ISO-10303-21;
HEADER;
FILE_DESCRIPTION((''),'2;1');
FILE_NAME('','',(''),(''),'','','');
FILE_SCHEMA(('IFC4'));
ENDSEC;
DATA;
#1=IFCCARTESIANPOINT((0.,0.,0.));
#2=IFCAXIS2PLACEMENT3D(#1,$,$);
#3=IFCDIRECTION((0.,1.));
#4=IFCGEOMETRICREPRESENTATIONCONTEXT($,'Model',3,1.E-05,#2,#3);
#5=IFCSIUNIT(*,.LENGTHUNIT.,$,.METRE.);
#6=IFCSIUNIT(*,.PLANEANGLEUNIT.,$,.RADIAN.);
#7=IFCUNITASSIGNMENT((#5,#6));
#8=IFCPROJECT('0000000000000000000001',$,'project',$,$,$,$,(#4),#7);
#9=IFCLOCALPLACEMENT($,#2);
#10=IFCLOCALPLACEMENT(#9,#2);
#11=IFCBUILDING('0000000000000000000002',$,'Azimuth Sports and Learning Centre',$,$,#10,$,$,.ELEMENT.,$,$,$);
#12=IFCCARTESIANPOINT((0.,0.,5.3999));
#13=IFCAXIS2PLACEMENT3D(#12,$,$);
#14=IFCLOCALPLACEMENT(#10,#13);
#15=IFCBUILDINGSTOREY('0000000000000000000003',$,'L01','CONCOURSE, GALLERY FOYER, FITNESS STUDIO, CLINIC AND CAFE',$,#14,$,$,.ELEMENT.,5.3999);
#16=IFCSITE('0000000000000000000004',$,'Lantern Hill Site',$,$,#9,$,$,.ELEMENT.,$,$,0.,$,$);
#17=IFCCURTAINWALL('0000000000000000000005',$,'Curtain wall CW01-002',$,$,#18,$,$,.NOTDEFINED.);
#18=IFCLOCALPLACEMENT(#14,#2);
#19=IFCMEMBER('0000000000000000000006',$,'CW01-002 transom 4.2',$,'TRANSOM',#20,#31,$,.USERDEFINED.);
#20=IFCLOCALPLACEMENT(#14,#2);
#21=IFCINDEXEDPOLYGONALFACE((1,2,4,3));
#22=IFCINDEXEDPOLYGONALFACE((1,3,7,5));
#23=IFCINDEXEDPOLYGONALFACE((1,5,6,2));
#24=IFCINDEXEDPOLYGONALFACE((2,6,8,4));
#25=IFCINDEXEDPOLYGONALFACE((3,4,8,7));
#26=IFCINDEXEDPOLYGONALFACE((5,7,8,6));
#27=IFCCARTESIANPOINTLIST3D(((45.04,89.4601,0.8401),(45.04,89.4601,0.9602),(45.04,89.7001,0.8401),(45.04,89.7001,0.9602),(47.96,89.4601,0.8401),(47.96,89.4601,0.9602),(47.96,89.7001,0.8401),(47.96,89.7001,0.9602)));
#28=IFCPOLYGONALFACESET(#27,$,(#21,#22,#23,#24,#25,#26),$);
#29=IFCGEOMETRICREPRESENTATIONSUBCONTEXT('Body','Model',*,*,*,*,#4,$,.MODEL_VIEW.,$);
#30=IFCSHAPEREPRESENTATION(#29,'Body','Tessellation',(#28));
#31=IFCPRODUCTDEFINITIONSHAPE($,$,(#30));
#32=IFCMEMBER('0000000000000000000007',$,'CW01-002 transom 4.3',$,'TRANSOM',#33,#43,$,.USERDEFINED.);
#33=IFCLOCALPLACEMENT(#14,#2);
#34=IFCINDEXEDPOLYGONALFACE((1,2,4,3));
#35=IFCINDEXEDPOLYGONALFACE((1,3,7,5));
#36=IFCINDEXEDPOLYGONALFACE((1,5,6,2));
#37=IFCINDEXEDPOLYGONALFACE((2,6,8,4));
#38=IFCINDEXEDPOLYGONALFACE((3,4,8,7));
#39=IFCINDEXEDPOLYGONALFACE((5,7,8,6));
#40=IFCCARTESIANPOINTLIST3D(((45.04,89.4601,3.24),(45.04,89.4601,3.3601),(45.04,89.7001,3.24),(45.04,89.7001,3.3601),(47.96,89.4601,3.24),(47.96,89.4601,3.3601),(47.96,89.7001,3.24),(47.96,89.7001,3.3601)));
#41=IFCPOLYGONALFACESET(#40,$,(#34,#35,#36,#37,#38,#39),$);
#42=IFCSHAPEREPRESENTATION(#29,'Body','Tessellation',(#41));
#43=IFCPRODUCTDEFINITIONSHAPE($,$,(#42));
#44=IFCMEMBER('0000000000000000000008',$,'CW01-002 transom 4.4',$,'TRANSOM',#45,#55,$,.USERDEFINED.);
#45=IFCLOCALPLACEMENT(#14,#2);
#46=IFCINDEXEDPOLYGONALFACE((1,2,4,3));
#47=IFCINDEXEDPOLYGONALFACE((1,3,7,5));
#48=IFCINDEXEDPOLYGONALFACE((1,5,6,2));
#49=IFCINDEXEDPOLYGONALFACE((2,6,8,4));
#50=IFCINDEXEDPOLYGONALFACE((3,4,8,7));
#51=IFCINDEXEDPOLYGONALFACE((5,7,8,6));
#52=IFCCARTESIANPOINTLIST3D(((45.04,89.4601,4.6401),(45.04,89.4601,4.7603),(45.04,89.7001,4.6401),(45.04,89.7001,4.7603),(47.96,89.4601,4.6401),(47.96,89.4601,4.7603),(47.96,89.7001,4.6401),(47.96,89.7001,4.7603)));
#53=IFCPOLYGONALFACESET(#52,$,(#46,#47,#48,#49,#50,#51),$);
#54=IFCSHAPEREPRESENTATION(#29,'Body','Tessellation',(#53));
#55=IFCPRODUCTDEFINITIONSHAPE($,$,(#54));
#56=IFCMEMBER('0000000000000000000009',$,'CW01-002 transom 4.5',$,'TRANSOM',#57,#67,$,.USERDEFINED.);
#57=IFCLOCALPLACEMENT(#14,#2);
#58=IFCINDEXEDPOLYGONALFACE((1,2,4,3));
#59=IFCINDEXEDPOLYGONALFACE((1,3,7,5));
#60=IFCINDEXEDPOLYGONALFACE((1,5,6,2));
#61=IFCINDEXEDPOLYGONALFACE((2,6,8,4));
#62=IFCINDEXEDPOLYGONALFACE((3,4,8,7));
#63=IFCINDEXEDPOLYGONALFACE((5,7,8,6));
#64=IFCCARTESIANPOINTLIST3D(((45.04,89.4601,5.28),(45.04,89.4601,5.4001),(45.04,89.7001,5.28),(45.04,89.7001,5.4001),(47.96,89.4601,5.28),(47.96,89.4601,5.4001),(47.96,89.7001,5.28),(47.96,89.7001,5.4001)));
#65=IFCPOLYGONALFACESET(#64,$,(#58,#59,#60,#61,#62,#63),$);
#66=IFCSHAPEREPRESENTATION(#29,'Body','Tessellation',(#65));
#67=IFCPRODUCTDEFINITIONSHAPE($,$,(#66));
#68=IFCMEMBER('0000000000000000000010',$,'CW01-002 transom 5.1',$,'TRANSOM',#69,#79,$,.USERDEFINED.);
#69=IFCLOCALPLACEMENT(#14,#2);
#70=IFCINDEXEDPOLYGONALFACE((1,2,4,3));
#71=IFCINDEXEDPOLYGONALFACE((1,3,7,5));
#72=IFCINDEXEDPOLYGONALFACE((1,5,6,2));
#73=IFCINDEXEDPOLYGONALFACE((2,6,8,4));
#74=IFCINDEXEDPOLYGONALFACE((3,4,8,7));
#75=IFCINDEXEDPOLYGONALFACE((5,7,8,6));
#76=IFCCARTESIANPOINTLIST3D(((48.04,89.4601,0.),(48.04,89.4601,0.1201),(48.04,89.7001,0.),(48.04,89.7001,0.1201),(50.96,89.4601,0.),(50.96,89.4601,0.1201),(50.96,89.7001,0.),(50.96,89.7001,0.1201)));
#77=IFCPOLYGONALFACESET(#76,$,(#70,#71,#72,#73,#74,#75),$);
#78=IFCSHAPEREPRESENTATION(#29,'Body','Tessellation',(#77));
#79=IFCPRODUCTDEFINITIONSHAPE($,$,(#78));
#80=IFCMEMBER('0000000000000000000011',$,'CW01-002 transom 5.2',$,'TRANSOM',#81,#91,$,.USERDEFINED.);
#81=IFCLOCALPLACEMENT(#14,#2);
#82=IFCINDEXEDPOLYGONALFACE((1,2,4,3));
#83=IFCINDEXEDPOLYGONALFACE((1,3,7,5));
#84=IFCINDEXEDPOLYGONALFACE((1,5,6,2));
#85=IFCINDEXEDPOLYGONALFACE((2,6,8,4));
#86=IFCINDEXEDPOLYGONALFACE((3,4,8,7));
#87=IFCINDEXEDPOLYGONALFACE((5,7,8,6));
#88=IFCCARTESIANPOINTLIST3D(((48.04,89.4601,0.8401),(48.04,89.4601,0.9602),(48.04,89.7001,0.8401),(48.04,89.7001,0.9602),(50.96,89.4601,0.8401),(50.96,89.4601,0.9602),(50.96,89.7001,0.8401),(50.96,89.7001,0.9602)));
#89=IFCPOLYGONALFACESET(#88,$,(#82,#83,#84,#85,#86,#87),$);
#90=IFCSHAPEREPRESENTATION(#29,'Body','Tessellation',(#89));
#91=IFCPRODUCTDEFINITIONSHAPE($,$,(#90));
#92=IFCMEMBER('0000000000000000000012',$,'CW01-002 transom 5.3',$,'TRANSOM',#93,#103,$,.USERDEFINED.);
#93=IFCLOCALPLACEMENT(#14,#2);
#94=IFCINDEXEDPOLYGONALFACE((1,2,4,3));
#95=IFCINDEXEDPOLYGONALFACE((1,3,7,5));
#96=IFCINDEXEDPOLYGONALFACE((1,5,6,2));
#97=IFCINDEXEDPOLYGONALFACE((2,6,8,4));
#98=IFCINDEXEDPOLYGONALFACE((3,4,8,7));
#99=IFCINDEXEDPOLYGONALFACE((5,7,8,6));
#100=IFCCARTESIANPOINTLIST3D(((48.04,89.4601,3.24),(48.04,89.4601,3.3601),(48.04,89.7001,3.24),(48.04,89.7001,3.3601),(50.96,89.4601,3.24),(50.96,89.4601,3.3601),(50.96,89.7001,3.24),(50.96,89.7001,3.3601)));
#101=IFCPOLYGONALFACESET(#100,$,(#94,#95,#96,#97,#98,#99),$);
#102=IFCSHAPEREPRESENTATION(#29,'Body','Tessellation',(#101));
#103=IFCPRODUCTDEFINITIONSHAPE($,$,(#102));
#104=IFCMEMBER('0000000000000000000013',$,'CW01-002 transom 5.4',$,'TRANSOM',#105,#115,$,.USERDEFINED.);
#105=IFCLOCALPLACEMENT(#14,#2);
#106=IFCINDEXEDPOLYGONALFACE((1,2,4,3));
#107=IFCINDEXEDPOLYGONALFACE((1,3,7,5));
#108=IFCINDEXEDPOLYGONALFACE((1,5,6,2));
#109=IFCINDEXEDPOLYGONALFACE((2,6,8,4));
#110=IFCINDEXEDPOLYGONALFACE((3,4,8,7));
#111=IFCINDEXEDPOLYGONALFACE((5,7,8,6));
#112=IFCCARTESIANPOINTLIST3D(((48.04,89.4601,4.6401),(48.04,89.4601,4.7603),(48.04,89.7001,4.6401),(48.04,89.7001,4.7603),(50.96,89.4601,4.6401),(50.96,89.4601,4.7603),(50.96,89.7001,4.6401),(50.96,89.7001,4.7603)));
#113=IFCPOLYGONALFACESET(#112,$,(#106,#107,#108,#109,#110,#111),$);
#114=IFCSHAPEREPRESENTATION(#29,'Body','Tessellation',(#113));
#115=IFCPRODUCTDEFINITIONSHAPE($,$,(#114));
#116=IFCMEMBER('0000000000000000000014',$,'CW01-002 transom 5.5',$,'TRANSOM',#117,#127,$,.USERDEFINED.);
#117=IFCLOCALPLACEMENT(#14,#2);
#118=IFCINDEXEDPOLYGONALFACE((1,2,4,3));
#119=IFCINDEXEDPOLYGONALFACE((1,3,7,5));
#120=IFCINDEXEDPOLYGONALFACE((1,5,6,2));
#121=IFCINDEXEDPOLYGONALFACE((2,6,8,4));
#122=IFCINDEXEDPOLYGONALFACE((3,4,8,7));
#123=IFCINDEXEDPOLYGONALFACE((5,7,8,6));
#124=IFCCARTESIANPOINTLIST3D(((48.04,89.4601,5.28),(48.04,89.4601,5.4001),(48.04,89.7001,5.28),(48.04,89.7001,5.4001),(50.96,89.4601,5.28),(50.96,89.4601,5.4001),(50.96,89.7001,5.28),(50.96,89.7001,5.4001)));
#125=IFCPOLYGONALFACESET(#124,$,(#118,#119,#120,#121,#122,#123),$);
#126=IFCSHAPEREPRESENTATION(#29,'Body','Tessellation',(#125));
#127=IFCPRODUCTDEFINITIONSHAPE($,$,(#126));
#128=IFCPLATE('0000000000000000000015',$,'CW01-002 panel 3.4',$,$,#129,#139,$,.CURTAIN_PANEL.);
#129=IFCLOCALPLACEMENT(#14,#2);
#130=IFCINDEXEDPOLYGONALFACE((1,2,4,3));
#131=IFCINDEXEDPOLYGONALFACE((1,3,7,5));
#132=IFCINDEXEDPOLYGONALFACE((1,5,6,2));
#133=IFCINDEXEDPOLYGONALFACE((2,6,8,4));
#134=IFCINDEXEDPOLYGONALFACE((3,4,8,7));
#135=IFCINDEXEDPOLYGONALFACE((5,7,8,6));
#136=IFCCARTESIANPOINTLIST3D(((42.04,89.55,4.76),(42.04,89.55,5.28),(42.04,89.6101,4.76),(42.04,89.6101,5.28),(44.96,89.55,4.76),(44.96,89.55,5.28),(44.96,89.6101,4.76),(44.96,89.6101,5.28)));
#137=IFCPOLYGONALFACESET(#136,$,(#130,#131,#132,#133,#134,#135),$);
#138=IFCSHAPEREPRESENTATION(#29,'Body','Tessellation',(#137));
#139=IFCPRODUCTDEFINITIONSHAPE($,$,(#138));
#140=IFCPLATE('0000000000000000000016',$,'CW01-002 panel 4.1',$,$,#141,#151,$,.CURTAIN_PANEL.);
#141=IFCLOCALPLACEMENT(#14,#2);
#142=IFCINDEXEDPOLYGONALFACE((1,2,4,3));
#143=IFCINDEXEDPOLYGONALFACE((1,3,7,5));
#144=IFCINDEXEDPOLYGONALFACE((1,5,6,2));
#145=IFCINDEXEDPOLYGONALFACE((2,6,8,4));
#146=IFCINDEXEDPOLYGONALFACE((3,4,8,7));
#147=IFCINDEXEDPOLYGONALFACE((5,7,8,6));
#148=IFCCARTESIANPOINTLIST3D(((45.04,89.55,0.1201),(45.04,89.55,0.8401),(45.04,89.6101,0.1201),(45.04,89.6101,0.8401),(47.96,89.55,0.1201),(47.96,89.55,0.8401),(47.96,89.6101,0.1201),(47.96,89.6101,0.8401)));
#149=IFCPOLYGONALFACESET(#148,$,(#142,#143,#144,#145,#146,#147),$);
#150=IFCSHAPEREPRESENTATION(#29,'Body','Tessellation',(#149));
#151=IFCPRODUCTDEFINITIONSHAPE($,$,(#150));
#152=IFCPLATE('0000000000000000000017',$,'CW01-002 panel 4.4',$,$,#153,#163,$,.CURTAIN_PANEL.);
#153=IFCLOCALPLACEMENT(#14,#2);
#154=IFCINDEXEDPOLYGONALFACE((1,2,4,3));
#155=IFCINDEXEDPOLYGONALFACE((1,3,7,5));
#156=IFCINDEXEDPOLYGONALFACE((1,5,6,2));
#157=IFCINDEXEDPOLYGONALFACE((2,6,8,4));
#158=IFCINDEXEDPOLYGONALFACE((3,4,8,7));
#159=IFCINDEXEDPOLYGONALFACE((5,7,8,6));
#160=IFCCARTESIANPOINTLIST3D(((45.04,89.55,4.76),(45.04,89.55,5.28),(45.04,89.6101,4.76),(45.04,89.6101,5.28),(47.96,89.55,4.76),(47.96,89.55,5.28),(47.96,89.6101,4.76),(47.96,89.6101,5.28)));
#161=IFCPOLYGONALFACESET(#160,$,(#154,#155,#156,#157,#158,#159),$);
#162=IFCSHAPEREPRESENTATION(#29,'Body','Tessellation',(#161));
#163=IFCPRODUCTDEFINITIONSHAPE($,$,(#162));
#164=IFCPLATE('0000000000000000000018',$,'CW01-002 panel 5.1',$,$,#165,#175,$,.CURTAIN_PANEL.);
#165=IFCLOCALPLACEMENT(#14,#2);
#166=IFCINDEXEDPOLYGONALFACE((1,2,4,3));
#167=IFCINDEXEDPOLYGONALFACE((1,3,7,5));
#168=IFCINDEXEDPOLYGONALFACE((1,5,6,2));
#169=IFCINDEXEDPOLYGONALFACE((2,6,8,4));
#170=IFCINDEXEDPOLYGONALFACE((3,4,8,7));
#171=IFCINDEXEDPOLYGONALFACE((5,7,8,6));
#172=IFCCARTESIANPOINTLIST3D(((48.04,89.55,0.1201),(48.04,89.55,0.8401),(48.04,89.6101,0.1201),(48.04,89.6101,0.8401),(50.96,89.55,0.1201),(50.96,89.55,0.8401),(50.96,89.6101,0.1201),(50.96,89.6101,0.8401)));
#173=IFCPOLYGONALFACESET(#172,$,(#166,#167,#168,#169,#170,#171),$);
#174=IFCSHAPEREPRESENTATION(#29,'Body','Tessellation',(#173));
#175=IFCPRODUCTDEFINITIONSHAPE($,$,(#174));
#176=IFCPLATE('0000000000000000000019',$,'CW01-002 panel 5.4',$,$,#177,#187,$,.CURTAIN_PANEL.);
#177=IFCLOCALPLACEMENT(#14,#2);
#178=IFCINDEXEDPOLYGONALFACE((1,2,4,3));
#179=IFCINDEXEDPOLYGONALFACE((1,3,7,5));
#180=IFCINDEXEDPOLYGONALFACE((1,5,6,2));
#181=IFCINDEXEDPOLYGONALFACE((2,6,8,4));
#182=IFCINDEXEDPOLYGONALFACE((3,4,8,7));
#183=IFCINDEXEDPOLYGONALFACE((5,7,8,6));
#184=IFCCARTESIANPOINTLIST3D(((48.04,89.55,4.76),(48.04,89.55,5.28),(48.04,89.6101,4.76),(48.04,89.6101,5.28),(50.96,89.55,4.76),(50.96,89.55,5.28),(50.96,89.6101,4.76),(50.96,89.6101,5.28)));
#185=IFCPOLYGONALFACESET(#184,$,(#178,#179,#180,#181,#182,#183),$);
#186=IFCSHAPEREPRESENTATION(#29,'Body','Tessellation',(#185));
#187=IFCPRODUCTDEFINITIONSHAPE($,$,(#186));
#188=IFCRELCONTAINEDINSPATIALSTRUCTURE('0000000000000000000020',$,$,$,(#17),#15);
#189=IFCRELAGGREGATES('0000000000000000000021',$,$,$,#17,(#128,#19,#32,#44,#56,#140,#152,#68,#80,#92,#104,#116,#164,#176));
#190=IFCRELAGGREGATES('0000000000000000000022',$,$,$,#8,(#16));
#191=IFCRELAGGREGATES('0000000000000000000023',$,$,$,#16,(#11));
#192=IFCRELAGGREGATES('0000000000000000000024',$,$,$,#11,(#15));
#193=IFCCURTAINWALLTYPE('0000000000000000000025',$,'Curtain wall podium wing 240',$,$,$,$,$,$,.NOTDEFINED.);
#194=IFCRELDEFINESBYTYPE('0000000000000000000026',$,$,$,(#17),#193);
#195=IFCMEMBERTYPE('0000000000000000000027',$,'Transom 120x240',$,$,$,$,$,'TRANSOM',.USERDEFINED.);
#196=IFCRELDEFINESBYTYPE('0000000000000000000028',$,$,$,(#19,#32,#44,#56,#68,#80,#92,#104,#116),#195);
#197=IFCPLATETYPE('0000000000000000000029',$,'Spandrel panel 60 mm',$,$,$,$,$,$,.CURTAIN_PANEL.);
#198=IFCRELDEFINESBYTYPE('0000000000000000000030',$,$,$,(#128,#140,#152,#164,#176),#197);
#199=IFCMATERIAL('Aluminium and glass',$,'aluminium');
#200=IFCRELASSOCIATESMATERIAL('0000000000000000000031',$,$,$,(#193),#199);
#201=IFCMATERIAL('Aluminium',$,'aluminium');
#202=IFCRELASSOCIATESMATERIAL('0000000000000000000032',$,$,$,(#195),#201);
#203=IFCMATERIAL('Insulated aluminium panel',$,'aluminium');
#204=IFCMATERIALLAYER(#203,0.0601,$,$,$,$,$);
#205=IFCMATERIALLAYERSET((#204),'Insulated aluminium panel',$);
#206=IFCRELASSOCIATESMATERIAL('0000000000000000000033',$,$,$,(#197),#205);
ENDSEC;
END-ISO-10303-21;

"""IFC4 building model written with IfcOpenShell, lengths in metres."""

from ifc_helpers import new_model, si_unit, direction, frame, origin, origin_2d, place, context, subcontext, project, spatial, rectangle, extrude, material, layer, layer_set, material_profile, profile_set, type_object, element, aggregate, save


model = new_model("IFC4")

# Units and contexts
model_context = context("Model", 3, precision=1e-05, world=origin(), true_north=direction((0.0, 1.0)))
body_context = subcontext(model_context, "Body", "Model", "MODEL_VIEW")
ifc_project = project(units=[si_unit("LENGTHUNIT", "METRE"), si_unit("PLANEANGLEUNIT", "RADIAN")], contexts=[model_context])

# Site, building, storey
site_placement = place(None, origin())
site = spatial("IfcSite", under=ifc_project, at=site_placement, Name="Lantern Hill Site", CompositionType="ELEMENT", RefElevation=0.0)
building_placement = place(site_placement, origin())
building = spatial("IfcBuilding", under=site, at=building_placement, Name="Azimuth Sports and Learning Centre", CompositionType="ELEMENT")
storey_placement = place(building_placement, frame((0.0, 0.0, 5.3999)))
storey = spatial("IfcBuildingStorey", under=building, at=storey_placement, Name="L01", Description="CONCOURSE, GALLERY FOYER, FITNESS STUDIO, CLINIC AND CAFE", CompositionType="ELEMENT", Elevation=5.3999)

# Curtain wall, members, plates
ifc_material_1 = material(Name="Aluminium and glass", Category="aluminium")
curtain_wall_type = type_object("IfcCurtainWallType", Name="Curtain wall podium wing 240", PredefinedType="NOTDEFINED", material=ifc_material_1)
curtain_wall_placement = place(storey_placement, origin())
curtain_wall = element("IfcCurtainWall", 1, at=curtain_wall_placement, inside=storey, type_object=curtain_wall_type, Name="Curtain wall CW01-002", PredefinedType="NOTDEFINED")
ifc_material_2 = material(Name="Aluminium", Category="aluminium")
ifc_material_profile_1 = material_profile(ifc_material_2, rectangle(XDim=0.24, YDim=0.1201, at=origin_2d()), Name="Transom 120x240")
ifc_profile_set_1 = profile_set([ifc_material_profile_1], Name="Aluminium")
member_type_1 = type_object("IfcMemberType", Name="Transom 120x240", ElementType="TRANSOM", PredefinedType="USERDEFINED", material=ifc_profile_set_1)
member_1_placement = place(storey_placement, frame((45.04, 89.5801, 0.9001), z_axis=(1.0, 0.0, 0.0), x_axis=(0.0, 1.0, 0.0)))
member_1 = element("IfcMember", 2, at=member_1_placement, type_object=member_type_1, Name="CW01-002 transom 4.2", ObjectType="TRANSOM", PredefinedType="USERDEFINED", context=body_context, shape_type="SweptSolid", body=[
    extrude(rectangle(XDim=0.24, YDim=0.1201, at=origin_2d()), origin(), (0.0, 0.0, 1.0), 2.9199),
])
member_2_placement = place(storey_placement, frame((45.04, 89.5801, 3.3), z_axis=(1.0, 0.0, 0.0), x_axis=(0.0, 1.0, 0.0)))
member_2 = element("IfcMember", 3, at=member_2_placement, type_object=member_type_1, Name="CW01-002 transom 4.3", ObjectType="TRANSOM", PredefinedType="USERDEFINED", context=body_context, shape_type="SweptSolid", body=[
    extrude(rectangle(XDim=0.24, YDim=0.1201, at=origin_2d()), origin(), (0.0, 0.0, 1.0), 2.9199),
])
member_3_placement = place(storey_placement, frame((45.04, 89.5801, 4.7002), z_axis=(1.0, 0.0, 0.0), x_axis=(0.0, 1.0, 0.0)))
member_3 = element("IfcMember", 4, at=member_3_placement, type_object=member_type_1, Name="CW01-002 transom 4.4", ObjectType="TRANSOM", PredefinedType="USERDEFINED", context=body_context, shape_type="SweptSolid", body=[
    extrude(rectangle(XDim=0.24, YDim=0.1201, at=origin_2d()), origin(), (0.0, 0.0, 1.0), 2.9199),
])
member_4_placement = place(storey_placement, frame((45.04, 89.5801, 5.3401), z_axis=(1.0, 0.0, 0.0), x_axis=(0.0, 1.0, 0.0)))
member_4 = element("IfcMember", 5, at=member_4_placement, type_object=member_type_1, Name="CW01-002 transom 4.5", ObjectType="TRANSOM", PredefinedType="USERDEFINED", context=body_context, shape_type="SweptSolid", body=[
    extrude(rectangle(XDim=0.24, YDim=0.1201, at=origin_2d()), origin(), (0.0, 0.0, 1.0), 2.9199),
])
member_5_placement = place(storey_placement, frame((48.04, 89.5801, 0.0601), z_axis=(1.0, 0.0, 0.0), x_axis=(0.0, 1.0, 0.0)))
member_5 = element("IfcMember", 6, at=member_5_placement, type_object=member_type_1, Name="CW01-002 transom 5.1", ObjectType="TRANSOM", PredefinedType="USERDEFINED", context=body_context, shape_type="SweptSolid", body=[
    extrude(rectangle(XDim=0.24, YDim=0.1201, at=origin_2d()), origin(), (0.0, 0.0, 1.0), 2.9199),
])
member_6_placement = place(storey_placement, frame((48.04, 89.5801, 0.9001), z_axis=(1.0, 0.0, 0.0), x_axis=(0.0, 1.0, 0.0)))
member_6 = element("IfcMember", 7, at=member_6_placement, type_object=member_type_1, Name="CW01-002 transom 5.2", ObjectType="TRANSOM", PredefinedType="USERDEFINED", context=body_context, shape_type="SweptSolid", body=[
    extrude(rectangle(XDim=0.24, YDim=0.1201, at=origin_2d()), origin(), (0.0, 0.0, 1.0), 2.9199),
])
member_7_placement = place(storey_placement, frame((48.04, 89.5801, 3.3), z_axis=(1.0, 0.0, 0.0), x_axis=(0.0, 1.0, 0.0)))
member_7 = element("IfcMember", 8, at=member_7_placement, type_object=member_type_1, Name="CW01-002 transom 5.3", ObjectType="TRANSOM", PredefinedType="USERDEFINED", context=body_context, shape_type="SweptSolid", body=[
    extrude(rectangle(XDim=0.24, YDim=0.1201, at=origin_2d()), origin(), (0.0, 0.0, 1.0), 2.9199),
])
member_8_placement = place(storey_placement, frame((48.04, 89.5801, 4.7002), z_axis=(1.0, 0.0, 0.0), x_axis=(0.0, 1.0, 0.0)))
member_8 = element("IfcMember", 9, at=member_8_placement, type_object=member_type_1, Name="CW01-002 transom 5.4", ObjectType="TRANSOM", PredefinedType="USERDEFINED", context=body_context, shape_type="SweptSolid", body=[
    extrude(rectangle(XDim=0.24, YDim=0.1201, at=origin_2d()), origin(), (0.0, 0.0, 1.0), 2.9199),
])
member_9_placement = place(storey_placement, frame((48.04, 89.5801, 5.3401), z_axis=(1.0, 0.0, 0.0), x_axis=(0.0, 1.0, 0.0)))
member_9 = element("IfcMember", 10, at=member_9_placement, type_object=member_type_1, Name="CW01-002 transom 5.5", ObjectType="TRANSOM", PredefinedType="USERDEFINED", context=body_context, shape_type="SweptSolid", body=[
    extrude(rectangle(XDim=0.24, YDim=0.1201, at=origin_2d()), origin(), (0.0, 0.0, 1.0), 2.9199),
])
ifc_material_3 = material(Name="Insulated aluminium panel", Category="aluminium")
ifc_layer_1 = layer(ifc_material_3, 0.0601)
ifc_layer_set_1 = layer_set([ifc_layer_1], Name="Insulated aluminium panel")
plate_type_1 = type_object("IfcPlateType", Name="Spandrel panel 60 mm", PredefinedType="CURTAIN_PANEL", material=ifc_layer_set_1)
plate_1_placement = place(storey_placement, frame((43.5, 89.5801, 4.76), z_axis=(0.0, 0.0, 1.0), x_axis=(1.0, 0.0, 0.0)))
plate_1 = element("IfcPlate", 11, at=plate_1_placement, type_object=plate_type_1, Name="CW01-002 panel 3.4", PredefinedType="CURTAIN_PANEL", context=body_context, shape_type="SweptSolid", body=[
    extrude(rectangle(XDim=2.9199, YDim=0.0601, at=origin_2d()), origin(), (0.0, 0.0, 1.0), 0.52),
])
plate_2_placement = place(storey_placement, frame((46.5, 89.5801, 0.1201), z_axis=(0.0, 0.0, 1.0), x_axis=(1.0, 0.0, 0.0)))
plate_2 = element("IfcPlate", 12, at=plate_2_placement, type_object=plate_type_1, Name="CW01-002 panel 4.1", PredefinedType="CURTAIN_PANEL", context=body_context, shape_type="SweptSolid", body=[
    extrude(rectangle(XDim=2.9199, YDim=0.0601, at=origin_2d()), origin(), (0.0, 0.0, 1.0), 0.72),
])
plate_3_placement = place(storey_placement, frame((46.5, 89.5801, 4.76), z_axis=(0.0, 0.0, 1.0), x_axis=(1.0, 0.0, 0.0)))
plate_3 = element("IfcPlate", 13, at=plate_3_placement, type_object=plate_type_1, Name="CW01-002 panel 4.4", PredefinedType="CURTAIN_PANEL", context=body_context, shape_type="SweptSolid", body=[
    extrude(rectangle(XDim=2.9199, YDim=0.0601, at=origin_2d()), origin(), (0.0, 0.0, 1.0), 0.52),
])
plate_4_placement = place(storey_placement, frame((49.5, 89.5801, 0.1201), z_axis=(0.0, 0.0, 1.0), x_axis=(1.0, 0.0, 0.0)))
plate_4 = element("IfcPlate", 14, at=plate_4_placement, type_object=plate_type_1, Name="CW01-002 panel 5.1", PredefinedType="CURTAIN_PANEL", context=body_context, shape_type="SweptSolid", body=[
    extrude(rectangle(XDim=2.9199, YDim=0.0601, at=origin_2d()), origin(), (0.0, 0.0, 1.0), 0.72),
])
plate_5_placement = place(storey_placement, frame((49.5, 89.5801, 4.76), z_axis=(0.0, 0.0, 1.0), x_axis=(1.0, 0.0, 0.0)))
plate_5 = element("IfcPlate", 15, at=plate_5_placement, type_object=plate_type_1, Name="CW01-002 panel 5.4", PredefinedType="CURTAIN_PANEL", context=body_context, shape_type="SweptSolid", body=[
    extrude(rectangle(XDim=2.9199, YDim=0.0601, at=origin_2d()), origin(), (0.0, 0.0, 1.0), 0.52),
])
aggregate(curtain_wall, [plate_1, member_1, member_2, member_3, member_4, plate_2, plate_3, member_5, member_6, member_7, member_8, member_9, plate_4, plate_5])

save(model, "model.ifc")
